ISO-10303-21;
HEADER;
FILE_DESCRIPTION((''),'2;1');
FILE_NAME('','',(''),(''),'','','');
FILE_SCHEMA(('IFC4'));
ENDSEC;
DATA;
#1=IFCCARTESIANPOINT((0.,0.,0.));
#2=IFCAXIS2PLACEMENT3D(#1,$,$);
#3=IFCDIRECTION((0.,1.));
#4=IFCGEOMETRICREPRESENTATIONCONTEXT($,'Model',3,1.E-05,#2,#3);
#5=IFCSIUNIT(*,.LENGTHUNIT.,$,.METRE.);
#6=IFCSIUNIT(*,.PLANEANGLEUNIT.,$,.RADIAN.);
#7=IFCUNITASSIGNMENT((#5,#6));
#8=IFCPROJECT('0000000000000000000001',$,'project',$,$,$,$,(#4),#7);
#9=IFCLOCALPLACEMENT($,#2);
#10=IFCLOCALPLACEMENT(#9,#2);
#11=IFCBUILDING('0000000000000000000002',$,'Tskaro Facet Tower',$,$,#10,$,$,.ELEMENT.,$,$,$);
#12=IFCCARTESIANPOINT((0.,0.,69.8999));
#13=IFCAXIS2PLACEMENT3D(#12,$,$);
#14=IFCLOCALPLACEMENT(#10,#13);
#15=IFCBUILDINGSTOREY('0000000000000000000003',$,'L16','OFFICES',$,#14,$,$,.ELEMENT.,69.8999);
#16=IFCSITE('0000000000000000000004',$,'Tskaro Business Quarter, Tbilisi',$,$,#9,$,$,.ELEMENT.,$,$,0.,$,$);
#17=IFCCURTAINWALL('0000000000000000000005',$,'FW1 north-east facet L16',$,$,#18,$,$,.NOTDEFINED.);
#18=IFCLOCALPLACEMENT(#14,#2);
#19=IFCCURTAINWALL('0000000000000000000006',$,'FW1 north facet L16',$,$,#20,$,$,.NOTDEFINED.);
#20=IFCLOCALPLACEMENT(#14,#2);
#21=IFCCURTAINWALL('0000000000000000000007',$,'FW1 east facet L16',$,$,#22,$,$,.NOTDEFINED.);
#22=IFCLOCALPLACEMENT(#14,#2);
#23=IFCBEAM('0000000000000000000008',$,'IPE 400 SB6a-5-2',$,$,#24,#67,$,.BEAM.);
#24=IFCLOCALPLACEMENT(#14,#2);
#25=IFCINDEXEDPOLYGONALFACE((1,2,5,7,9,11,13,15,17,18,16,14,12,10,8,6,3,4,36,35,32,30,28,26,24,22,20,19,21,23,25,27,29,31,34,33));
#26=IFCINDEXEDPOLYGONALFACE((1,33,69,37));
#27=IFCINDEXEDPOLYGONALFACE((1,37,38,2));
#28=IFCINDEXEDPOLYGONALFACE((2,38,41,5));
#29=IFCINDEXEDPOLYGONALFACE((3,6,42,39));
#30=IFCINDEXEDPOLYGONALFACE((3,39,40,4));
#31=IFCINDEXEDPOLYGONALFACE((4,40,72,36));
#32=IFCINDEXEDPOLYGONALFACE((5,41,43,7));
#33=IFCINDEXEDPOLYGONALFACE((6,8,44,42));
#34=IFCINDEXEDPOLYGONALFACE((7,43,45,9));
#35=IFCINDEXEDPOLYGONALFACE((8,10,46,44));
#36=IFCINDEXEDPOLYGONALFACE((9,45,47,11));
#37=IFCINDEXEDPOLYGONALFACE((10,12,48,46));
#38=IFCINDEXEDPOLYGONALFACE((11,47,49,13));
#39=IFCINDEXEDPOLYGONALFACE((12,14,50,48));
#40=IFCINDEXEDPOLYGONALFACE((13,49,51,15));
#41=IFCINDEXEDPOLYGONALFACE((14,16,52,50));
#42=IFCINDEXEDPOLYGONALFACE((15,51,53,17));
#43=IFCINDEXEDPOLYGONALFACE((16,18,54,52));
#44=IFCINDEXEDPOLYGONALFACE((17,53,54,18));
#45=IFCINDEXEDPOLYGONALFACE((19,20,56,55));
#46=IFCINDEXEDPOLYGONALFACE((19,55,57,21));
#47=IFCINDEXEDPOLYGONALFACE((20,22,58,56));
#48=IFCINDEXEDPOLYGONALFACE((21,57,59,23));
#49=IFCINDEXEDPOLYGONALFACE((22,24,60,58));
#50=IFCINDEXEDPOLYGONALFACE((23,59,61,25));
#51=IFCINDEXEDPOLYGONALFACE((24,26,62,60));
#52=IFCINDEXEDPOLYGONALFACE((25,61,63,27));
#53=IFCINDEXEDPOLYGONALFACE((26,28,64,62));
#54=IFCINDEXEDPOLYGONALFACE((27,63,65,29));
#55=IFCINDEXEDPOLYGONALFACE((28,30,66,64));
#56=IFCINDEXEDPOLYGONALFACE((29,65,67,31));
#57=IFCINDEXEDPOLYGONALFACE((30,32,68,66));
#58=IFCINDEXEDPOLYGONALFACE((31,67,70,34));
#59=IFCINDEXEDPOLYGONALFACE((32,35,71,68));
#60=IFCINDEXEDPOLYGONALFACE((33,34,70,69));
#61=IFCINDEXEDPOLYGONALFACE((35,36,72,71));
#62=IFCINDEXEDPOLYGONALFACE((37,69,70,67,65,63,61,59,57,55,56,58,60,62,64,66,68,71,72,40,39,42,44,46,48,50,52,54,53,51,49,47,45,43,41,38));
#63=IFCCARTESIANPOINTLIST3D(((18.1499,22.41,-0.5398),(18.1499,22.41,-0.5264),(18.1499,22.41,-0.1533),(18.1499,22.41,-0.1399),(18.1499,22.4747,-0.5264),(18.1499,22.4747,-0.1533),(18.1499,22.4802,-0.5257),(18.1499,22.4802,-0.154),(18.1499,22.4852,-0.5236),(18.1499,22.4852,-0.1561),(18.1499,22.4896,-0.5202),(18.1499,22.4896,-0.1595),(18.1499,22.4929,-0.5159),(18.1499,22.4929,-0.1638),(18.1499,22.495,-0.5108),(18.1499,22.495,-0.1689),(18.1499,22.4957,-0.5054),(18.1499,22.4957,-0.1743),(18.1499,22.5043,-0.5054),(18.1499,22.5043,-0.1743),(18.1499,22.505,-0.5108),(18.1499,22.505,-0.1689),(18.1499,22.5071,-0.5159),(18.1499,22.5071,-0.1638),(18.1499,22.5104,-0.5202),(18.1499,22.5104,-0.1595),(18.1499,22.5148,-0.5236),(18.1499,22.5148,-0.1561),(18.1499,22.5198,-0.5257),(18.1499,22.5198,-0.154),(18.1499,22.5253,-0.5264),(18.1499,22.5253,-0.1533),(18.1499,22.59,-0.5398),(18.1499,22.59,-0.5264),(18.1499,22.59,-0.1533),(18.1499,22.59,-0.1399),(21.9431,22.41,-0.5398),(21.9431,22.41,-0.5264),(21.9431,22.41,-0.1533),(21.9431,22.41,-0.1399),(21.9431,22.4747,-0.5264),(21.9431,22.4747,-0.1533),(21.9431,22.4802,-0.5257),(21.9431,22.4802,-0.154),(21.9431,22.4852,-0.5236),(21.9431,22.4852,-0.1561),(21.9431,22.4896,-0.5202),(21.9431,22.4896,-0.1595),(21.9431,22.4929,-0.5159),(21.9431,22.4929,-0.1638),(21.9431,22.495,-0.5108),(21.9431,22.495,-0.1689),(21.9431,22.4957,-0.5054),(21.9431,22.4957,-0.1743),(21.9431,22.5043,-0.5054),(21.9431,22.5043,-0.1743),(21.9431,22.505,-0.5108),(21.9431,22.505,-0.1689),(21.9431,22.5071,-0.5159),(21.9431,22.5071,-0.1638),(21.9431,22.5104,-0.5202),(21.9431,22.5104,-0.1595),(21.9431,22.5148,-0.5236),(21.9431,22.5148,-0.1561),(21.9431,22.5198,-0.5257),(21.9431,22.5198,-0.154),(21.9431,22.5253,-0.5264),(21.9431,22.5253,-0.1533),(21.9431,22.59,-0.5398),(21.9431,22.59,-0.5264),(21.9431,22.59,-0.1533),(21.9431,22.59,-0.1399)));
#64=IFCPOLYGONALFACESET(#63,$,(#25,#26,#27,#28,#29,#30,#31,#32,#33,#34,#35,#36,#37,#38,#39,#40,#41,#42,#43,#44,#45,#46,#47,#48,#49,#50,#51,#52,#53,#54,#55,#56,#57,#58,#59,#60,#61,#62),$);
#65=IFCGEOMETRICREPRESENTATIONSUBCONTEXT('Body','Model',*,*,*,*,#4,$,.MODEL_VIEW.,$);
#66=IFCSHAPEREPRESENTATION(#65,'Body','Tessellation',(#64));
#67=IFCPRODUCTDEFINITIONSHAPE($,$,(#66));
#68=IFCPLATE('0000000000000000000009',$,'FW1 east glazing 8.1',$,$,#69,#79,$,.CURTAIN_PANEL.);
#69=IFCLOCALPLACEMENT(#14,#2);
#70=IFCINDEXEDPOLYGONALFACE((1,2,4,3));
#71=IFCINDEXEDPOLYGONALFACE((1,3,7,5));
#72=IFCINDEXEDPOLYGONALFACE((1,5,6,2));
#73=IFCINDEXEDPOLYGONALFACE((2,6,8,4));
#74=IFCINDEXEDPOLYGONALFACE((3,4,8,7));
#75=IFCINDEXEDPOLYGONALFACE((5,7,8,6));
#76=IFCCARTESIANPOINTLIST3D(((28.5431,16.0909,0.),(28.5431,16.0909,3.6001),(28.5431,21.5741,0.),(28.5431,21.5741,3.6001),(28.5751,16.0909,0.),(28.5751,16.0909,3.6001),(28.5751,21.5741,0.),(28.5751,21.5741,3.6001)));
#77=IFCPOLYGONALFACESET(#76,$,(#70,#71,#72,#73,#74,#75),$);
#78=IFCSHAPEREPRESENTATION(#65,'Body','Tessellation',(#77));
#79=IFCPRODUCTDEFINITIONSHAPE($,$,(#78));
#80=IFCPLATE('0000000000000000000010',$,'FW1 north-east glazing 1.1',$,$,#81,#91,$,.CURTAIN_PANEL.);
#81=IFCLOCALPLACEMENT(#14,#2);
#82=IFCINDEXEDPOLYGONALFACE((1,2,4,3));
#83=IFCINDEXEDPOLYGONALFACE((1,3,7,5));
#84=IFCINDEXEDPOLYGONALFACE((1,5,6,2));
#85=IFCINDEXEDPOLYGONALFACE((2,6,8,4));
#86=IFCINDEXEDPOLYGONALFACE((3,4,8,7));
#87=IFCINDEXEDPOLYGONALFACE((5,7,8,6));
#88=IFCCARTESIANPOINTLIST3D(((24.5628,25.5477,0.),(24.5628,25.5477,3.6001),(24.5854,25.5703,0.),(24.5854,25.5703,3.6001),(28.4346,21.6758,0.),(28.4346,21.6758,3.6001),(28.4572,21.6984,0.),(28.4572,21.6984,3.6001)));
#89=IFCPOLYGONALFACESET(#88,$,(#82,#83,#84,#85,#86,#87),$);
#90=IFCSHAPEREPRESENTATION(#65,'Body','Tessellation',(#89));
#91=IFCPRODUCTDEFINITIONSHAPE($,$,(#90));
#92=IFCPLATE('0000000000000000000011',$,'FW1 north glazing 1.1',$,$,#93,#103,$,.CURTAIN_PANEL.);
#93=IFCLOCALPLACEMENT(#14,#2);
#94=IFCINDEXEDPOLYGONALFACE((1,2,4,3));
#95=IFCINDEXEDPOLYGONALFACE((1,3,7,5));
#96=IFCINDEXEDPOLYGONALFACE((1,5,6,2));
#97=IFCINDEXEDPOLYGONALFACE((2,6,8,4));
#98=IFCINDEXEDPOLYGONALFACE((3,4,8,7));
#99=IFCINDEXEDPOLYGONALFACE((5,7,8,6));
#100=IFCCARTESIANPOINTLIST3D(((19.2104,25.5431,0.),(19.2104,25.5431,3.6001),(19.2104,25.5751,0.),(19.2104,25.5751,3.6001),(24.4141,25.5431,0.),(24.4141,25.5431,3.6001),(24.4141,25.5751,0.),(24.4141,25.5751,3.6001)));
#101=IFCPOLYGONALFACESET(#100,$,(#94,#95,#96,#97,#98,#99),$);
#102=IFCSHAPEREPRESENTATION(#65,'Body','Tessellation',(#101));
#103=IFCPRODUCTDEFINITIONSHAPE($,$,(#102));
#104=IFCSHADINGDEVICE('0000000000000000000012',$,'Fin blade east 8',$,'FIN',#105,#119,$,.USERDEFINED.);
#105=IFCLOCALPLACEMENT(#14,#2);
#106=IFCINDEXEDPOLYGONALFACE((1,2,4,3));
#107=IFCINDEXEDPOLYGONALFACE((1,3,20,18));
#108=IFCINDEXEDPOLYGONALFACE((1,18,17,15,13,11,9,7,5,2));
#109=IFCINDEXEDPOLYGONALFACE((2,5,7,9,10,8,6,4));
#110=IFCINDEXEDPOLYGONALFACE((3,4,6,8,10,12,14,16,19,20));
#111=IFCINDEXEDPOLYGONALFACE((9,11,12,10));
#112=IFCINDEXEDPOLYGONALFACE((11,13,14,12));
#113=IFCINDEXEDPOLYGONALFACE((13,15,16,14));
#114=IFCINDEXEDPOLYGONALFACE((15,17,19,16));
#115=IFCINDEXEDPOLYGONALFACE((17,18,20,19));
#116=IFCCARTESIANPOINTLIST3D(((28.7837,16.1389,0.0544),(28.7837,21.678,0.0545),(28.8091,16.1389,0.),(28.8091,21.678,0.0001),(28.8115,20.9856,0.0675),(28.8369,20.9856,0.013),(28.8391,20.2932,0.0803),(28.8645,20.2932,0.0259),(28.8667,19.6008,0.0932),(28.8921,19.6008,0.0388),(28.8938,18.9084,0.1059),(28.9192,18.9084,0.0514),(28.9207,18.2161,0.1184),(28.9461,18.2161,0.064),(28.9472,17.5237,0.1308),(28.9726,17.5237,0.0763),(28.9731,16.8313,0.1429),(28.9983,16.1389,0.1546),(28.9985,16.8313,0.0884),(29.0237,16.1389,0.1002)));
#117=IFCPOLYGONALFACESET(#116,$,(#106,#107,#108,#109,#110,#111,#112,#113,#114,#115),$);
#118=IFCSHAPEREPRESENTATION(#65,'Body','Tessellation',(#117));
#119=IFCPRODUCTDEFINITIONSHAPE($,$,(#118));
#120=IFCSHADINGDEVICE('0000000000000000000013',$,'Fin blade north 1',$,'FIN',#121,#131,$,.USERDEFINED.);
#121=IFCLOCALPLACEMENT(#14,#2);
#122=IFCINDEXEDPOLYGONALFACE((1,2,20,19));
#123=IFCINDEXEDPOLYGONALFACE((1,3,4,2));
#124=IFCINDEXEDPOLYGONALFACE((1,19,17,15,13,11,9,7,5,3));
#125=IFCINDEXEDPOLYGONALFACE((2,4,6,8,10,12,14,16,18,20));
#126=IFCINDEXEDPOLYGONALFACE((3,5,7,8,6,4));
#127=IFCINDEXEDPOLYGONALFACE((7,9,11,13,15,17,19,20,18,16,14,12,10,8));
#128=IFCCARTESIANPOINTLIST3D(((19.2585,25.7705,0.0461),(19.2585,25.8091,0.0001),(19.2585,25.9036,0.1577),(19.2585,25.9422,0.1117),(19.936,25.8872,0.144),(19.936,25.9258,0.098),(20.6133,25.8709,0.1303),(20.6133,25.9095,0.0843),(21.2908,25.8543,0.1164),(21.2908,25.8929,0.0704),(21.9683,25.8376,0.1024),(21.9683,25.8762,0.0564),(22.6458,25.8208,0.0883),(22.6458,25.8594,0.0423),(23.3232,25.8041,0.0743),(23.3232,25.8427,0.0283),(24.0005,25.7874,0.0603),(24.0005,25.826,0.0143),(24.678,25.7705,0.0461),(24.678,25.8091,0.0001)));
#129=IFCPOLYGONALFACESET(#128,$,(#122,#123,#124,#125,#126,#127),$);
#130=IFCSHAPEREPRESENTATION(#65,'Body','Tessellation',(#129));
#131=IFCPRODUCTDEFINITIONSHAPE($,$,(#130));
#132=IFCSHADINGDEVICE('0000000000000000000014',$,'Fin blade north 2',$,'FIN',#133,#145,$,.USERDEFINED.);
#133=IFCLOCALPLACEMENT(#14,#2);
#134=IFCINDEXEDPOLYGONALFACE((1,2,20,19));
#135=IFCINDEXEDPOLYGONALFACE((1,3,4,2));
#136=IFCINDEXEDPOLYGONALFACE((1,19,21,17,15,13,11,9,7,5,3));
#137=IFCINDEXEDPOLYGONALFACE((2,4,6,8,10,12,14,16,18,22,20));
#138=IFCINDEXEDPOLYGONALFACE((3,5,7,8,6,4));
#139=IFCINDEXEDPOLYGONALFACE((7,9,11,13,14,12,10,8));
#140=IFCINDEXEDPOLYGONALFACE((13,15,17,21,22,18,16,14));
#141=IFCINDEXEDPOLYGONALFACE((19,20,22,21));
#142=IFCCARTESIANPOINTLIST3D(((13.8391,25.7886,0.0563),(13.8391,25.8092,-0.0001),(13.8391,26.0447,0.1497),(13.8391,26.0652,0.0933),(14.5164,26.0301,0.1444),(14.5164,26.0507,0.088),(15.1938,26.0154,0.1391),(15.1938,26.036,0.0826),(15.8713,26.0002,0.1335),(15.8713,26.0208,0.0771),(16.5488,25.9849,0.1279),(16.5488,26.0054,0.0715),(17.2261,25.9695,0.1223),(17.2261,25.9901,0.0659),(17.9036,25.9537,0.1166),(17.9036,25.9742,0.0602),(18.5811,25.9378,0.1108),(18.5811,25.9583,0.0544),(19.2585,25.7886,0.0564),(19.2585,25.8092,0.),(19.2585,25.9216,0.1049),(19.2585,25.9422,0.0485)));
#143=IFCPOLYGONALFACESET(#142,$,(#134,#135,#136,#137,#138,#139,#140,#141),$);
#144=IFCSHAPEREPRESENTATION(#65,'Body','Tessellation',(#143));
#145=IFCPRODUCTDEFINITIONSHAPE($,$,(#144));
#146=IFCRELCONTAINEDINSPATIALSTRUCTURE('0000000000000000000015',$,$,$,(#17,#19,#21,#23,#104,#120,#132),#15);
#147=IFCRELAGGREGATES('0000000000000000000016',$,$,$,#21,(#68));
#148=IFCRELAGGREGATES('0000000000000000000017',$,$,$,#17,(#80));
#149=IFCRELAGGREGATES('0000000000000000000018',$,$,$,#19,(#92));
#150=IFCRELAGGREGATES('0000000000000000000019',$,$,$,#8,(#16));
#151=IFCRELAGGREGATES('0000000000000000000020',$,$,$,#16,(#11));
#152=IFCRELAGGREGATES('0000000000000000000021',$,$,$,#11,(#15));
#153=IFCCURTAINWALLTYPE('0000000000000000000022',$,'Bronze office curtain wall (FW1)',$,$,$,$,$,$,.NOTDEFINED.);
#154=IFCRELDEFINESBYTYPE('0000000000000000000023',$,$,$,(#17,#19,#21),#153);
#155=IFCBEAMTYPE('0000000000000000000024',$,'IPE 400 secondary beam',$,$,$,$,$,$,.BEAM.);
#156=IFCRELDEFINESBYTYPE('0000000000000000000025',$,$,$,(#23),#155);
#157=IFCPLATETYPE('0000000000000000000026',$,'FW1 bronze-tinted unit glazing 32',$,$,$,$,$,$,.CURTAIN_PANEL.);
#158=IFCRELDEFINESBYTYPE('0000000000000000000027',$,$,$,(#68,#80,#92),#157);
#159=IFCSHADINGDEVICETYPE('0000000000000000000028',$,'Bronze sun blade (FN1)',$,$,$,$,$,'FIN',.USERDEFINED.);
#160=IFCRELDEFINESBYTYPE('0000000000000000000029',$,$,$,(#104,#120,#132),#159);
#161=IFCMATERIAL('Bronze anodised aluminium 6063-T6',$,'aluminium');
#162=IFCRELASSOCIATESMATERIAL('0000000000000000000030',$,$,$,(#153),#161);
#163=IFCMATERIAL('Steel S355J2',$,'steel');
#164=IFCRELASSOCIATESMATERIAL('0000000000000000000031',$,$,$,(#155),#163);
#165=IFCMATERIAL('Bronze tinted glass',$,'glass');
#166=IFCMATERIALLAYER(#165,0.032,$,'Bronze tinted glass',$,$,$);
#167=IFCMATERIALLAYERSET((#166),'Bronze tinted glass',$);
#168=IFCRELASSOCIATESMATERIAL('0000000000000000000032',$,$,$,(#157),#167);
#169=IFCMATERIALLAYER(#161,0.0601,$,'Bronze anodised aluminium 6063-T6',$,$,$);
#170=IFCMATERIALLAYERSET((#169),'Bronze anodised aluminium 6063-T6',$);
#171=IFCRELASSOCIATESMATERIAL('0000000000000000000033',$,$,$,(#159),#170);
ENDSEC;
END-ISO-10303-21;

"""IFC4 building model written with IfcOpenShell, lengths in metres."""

from ifc_helpers import new_model, si_unit, direction, frame, origin, origin_2d, place, context, subcontext, project, spatial, polyline, rectangle, i_section, outline, extrude, material, layer, layer_set, material_profile, profile_set, type_object, element, aggregate, save


model = new_model("IFC4")

# Units and contexts
model_context = context("Model", 3, precision=1e-05, world=origin(), true_north=direction((0.0, 1.0)))
body_context = subcontext(model_context, "Body", "Model", "MODEL_VIEW")
ifc_project = project(units=[si_unit("LENGTHUNIT", "METRE"), si_unit("PLANEANGLEUNIT", "RADIAN")], contexts=[model_context])

# Site, building, storey
site_placement = place(None, origin())
site = spatial("IfcSite", under=ifc_project, at=site_placement, Name="Tskaro Business Quarter, Tbilisi", CompositionType="ELEMENT", RefElevation=0.0)
building_placement = place(site_placement, origin())
building = spatial("IfcBuilding", under=site, at=building_placement, Name="Tskaro Facet Tower", CompositionType="ELEMENT")
storey_placement = place(building_placement, frame((0.0, 0.0, 69.8999)))
storey = spatial("IfcBuildingStorey", under=building, at=storey_placement, Name="L16", Description="OFFICES", CompositionType="ELEMENT", Elevation=69.8999)

# Curtain walls
ifc_material_1 = material(Name="Bronze anodised aluminium 6063-T6", Category="aluminium")
curtain_wall_type = type_object("IfcCurtainWallType", Name="Bronze office curtain wall (FW1)", PredefinedType="NOTDEFINED", material=ifc_material_1)
curtain_wall_1_placement = place(storey_placement, origin())
curtain_wall_1 = element("IfcCurtainWall", 1, at=curtain_wall_1_placement, inside=storey, type_object=curtain_wall_type, Name="FW1 north-east facet L16", PredefinedType="NOTDEFINED")
curtain_wall_2_placement = place(storey_placement, origin())
curtain_wall_2 = element("IfcCurtainWall", 2, at=curtain_wall_2_placement, inside=storey, type_object=curtain_wall_type, Name="FW1 north facet L16", PredefinedType="NOTDEFINED")
curtain_wall_3_placement = place(storey_placement, origin())
curtain_wall_3 = element("IfcCurtainWall", 3, at=curtain_wall_3_placement, inside=storey, type_object=curtain_wall_type, Name="FW1 east facet L16", PredefinedType="NOTDEFINED")

# Beam
ifc_material_2 = material(Name="Steel S355J2", Category="steel")
ifc_material_profile_1 = material_profile(ifc_material_2, i_section(OverallWidth=0.1799, OverallDepth=0.3999, WebThickness=0.0085, FlangeThickness=0.0134, FilletRadius=0.021, at=origin_2d()), Name="IPE 400")
ifc_profile_set_1 = profile_set([ifc_material_profile_1], Name="Steel S355J2")
beam_type_1 = type_object("IfcBeamType", Name="IPE 400 secondary beam", PredefinedType="BEAM", material=ifc_profile_set_1)
beam_1_placement = place(storey_placement, frame((18.1499, 22.5, -0.3398), z_axis=(1.0, 0.0, 0.0), x_axis=(0.0, 1.0, 0.0)))
element("IfcBeam", 4, at=beam_1_placement, inside=storey, type_object=beam_type_1, Name="IPE 400 SB6a-5-2", PredefinedType="BEAM", context=body_context, shape_type="SweptSolid", body=[
    extrude(i_section(OverallWidth=0.1799, OverallDepth=0.3999, WebThickness=0.0085, FlangeThickness=0.0134, FilletRadius=0.021, at=origin_2d()), origin(), (0.0, 0.0, 1.0), 3.7932),
])

# Plates
ifc_material_3 = material(Name="Bronze tinted glass", Category="glass")
ifc_layer_1 = layer(ifc_material_3, 0.032, Name="Bronze tinted glass")
ifc_layer_set_1 = layer_set([ifc_layer_1], Name="Bronze tinted glass")
plate_type = type_object("IfcPlateType", Name="FW1 bronze-tinted unit glazing 32", PredefinedType="CURTAIN_PANEL", material=ifc_layer_set_1)
plate_1_placement = place(storey_placement, frame((28.5591, 18.8325, 0.0), z_axis=(0.0, 0.0, 1.0), x_axis=(0.0, 1.0, 0.0)))
plate_1 = element("IfcPlate", 5, at=plate_1_placement, type_object=plate_type, Name="FW1 east glazing 8.1", PredefinedType="CURTAIN_PANEL", context=body_context, shape_type="SweptSolid", body=[
    extrude(rectangle(XDim=5.4832, YDim=0.032, at=origin_2d()), origin(), (0.0, 0.0, 1.0), 3.6001),
])
aggregate(curtain_wall_3, [plate_1])
plate_2_placement = place(storey_placement, frame((26.51, 23.623, 0.0), z_axis=(0.0, 0.0, 1.0), x_axis=(-0.707107, 0.707107, 0.0)))
plate_2 = element("IfcPlate", 6, at=plate_2_placement, type_object=plate_type, Name="FW1 north-east glazing 1.1", PredefinedType="CURTAIN_PANEL", context=body_context, shape_type="SweptSolid", body=[
    extrude(rectangle(XDim=5.4756, YDim=0.032, at=origin_2d()), origin(), (0.0, 0.0, 1.0), 3.6001),
])
aggregate(curtain_wall_1, [plate_2])
plate_3_placement = place(storey_placement, frame((21.8123, 25.5591, 0.0), z_axis=(0.0, 0.0, 1.0), x_axis=(-1.0, 0.0, 0.0)))
plate_3 = element("IfcPlate", 7, at=plate_3_placement, type_object=plate_type, Name="FW1 north glazing 1.1", PredefinedType="CURTAIN_PANEL", context=body_context, shape_type="SweptSolid", body=[
    extrude(rectangle(XDim=5.2036, YDim=0.032, at=origin_2d()), origin(), (0.0, 0.0, 1.0), 3.6001),
])
aggregate(curtain_wall_2, [plate_3])

# Shading devices
ifc_layer_2 = layer(ifc_material_1, 0.0601, Name="Bronze anodised aluminium 6063-T6")
ifc_layer_set_2 = layer_set([ifc_layer_2], Name="Bronze anodised aluminium 6063-T6")
shading_device_type = type_object("IfcShadingDeviceType", Name="Bronze sun blade (FN1)", ElementType="FIN", PredefinedType="USERDEFINED", material=ifc_layer_set_2)
shading_device_1_placement = place(storey_placement, frame((28.7837, 16.1389, 0.0544), z_axis=(-0.422892, -0.000008, 0.90618), x_axis=(-0.000004, 1.0, 0.000008)))
element("IfcShadingDevice", 8, at=shading_device_1_placement, inside=storey, type_object=shading_device_type, Name="Fin blade east 8", ObjectType="FIN", PredefinedType="USERDEFINED", context=body_context, shape_type="SweptSolid", body=[
    extrude(outline(polyline([(0.0, 0.0), (5.5391, 0.0), (4.8467, -0.0307), (4.1543, -0.0612), (3.4619, -0.0916), (2.7695, -0.1216), (2.0771, -0.1512), (1.3848, -0.1804), (0.6924, -0.2091), (0.0, -0.2368), (0.0, 0.0)])), origin(), (0.0, 0.0, -1.0), 0.0601),
])
shading_device_2_placement = place(storey_placement, frame((24.678, 25.7705, 0.0461), z_axis=(0.0, -0.642536, 0.766255), x_axis=(-1.0, 0.0, 0.0)))
element("IfcShadingDevice", 9, at=shading_device_2_placement, inside=storey, type_object=shading_device_type, Name="Fin blade north 1", ObjectType="FIN", PredefinedType="USERDEFINED", context=body_context, shape_type="SweptSolid", body=[
    extrude(outline(polyline([(0.0, 0.0), (5.4194, 0.0), (5.4194, -0.1736), (4.7419, -0.1523), (4.0647, -0.131), (3.3872, -0.1093), (2.7097, -0.0875), (2.0322, -0.0657), (1.3547, -0.0439), (0.6775, -0.022), (0.0, 0.0)])), origin(), (0.0, 0.0, -1.0), 0.0601),
])
shading_device_3_placement = place(storey_placement, frame((19.2585, 25.7886, 0.0564), z_axis=(-0.00002, -0.342666, 0.939457), x_axis=(-1.0, 0.000007, -0.000019)))
element("IfcShadingDevice", 10, at=shading_device_3_placement, inside=storey, type_object=shading_device_type, Name="Fin blade north 2", ObjectType="FIN", PredefinedType="USERDEFINED", context=body_context, shape_type="SweptSolid", body=[
    extrude(outline(polyline([(0.0, 0.0), (5.4194, 0.0), (5.4194, -0.2726), (4.7422, -0.257), (4.0647, -0.2414), (3.3872, -0.2253), (2.7097, -0.2089), (2.0325, -0.1925), (1.355, -0.1757), (0.6775, -0.1588), (0.0, -0.1416), (0.0, 0.0)])), origin(), (0.0, 0.0, -1.0), 0.0601),
])

save(model, "model.ifc")
